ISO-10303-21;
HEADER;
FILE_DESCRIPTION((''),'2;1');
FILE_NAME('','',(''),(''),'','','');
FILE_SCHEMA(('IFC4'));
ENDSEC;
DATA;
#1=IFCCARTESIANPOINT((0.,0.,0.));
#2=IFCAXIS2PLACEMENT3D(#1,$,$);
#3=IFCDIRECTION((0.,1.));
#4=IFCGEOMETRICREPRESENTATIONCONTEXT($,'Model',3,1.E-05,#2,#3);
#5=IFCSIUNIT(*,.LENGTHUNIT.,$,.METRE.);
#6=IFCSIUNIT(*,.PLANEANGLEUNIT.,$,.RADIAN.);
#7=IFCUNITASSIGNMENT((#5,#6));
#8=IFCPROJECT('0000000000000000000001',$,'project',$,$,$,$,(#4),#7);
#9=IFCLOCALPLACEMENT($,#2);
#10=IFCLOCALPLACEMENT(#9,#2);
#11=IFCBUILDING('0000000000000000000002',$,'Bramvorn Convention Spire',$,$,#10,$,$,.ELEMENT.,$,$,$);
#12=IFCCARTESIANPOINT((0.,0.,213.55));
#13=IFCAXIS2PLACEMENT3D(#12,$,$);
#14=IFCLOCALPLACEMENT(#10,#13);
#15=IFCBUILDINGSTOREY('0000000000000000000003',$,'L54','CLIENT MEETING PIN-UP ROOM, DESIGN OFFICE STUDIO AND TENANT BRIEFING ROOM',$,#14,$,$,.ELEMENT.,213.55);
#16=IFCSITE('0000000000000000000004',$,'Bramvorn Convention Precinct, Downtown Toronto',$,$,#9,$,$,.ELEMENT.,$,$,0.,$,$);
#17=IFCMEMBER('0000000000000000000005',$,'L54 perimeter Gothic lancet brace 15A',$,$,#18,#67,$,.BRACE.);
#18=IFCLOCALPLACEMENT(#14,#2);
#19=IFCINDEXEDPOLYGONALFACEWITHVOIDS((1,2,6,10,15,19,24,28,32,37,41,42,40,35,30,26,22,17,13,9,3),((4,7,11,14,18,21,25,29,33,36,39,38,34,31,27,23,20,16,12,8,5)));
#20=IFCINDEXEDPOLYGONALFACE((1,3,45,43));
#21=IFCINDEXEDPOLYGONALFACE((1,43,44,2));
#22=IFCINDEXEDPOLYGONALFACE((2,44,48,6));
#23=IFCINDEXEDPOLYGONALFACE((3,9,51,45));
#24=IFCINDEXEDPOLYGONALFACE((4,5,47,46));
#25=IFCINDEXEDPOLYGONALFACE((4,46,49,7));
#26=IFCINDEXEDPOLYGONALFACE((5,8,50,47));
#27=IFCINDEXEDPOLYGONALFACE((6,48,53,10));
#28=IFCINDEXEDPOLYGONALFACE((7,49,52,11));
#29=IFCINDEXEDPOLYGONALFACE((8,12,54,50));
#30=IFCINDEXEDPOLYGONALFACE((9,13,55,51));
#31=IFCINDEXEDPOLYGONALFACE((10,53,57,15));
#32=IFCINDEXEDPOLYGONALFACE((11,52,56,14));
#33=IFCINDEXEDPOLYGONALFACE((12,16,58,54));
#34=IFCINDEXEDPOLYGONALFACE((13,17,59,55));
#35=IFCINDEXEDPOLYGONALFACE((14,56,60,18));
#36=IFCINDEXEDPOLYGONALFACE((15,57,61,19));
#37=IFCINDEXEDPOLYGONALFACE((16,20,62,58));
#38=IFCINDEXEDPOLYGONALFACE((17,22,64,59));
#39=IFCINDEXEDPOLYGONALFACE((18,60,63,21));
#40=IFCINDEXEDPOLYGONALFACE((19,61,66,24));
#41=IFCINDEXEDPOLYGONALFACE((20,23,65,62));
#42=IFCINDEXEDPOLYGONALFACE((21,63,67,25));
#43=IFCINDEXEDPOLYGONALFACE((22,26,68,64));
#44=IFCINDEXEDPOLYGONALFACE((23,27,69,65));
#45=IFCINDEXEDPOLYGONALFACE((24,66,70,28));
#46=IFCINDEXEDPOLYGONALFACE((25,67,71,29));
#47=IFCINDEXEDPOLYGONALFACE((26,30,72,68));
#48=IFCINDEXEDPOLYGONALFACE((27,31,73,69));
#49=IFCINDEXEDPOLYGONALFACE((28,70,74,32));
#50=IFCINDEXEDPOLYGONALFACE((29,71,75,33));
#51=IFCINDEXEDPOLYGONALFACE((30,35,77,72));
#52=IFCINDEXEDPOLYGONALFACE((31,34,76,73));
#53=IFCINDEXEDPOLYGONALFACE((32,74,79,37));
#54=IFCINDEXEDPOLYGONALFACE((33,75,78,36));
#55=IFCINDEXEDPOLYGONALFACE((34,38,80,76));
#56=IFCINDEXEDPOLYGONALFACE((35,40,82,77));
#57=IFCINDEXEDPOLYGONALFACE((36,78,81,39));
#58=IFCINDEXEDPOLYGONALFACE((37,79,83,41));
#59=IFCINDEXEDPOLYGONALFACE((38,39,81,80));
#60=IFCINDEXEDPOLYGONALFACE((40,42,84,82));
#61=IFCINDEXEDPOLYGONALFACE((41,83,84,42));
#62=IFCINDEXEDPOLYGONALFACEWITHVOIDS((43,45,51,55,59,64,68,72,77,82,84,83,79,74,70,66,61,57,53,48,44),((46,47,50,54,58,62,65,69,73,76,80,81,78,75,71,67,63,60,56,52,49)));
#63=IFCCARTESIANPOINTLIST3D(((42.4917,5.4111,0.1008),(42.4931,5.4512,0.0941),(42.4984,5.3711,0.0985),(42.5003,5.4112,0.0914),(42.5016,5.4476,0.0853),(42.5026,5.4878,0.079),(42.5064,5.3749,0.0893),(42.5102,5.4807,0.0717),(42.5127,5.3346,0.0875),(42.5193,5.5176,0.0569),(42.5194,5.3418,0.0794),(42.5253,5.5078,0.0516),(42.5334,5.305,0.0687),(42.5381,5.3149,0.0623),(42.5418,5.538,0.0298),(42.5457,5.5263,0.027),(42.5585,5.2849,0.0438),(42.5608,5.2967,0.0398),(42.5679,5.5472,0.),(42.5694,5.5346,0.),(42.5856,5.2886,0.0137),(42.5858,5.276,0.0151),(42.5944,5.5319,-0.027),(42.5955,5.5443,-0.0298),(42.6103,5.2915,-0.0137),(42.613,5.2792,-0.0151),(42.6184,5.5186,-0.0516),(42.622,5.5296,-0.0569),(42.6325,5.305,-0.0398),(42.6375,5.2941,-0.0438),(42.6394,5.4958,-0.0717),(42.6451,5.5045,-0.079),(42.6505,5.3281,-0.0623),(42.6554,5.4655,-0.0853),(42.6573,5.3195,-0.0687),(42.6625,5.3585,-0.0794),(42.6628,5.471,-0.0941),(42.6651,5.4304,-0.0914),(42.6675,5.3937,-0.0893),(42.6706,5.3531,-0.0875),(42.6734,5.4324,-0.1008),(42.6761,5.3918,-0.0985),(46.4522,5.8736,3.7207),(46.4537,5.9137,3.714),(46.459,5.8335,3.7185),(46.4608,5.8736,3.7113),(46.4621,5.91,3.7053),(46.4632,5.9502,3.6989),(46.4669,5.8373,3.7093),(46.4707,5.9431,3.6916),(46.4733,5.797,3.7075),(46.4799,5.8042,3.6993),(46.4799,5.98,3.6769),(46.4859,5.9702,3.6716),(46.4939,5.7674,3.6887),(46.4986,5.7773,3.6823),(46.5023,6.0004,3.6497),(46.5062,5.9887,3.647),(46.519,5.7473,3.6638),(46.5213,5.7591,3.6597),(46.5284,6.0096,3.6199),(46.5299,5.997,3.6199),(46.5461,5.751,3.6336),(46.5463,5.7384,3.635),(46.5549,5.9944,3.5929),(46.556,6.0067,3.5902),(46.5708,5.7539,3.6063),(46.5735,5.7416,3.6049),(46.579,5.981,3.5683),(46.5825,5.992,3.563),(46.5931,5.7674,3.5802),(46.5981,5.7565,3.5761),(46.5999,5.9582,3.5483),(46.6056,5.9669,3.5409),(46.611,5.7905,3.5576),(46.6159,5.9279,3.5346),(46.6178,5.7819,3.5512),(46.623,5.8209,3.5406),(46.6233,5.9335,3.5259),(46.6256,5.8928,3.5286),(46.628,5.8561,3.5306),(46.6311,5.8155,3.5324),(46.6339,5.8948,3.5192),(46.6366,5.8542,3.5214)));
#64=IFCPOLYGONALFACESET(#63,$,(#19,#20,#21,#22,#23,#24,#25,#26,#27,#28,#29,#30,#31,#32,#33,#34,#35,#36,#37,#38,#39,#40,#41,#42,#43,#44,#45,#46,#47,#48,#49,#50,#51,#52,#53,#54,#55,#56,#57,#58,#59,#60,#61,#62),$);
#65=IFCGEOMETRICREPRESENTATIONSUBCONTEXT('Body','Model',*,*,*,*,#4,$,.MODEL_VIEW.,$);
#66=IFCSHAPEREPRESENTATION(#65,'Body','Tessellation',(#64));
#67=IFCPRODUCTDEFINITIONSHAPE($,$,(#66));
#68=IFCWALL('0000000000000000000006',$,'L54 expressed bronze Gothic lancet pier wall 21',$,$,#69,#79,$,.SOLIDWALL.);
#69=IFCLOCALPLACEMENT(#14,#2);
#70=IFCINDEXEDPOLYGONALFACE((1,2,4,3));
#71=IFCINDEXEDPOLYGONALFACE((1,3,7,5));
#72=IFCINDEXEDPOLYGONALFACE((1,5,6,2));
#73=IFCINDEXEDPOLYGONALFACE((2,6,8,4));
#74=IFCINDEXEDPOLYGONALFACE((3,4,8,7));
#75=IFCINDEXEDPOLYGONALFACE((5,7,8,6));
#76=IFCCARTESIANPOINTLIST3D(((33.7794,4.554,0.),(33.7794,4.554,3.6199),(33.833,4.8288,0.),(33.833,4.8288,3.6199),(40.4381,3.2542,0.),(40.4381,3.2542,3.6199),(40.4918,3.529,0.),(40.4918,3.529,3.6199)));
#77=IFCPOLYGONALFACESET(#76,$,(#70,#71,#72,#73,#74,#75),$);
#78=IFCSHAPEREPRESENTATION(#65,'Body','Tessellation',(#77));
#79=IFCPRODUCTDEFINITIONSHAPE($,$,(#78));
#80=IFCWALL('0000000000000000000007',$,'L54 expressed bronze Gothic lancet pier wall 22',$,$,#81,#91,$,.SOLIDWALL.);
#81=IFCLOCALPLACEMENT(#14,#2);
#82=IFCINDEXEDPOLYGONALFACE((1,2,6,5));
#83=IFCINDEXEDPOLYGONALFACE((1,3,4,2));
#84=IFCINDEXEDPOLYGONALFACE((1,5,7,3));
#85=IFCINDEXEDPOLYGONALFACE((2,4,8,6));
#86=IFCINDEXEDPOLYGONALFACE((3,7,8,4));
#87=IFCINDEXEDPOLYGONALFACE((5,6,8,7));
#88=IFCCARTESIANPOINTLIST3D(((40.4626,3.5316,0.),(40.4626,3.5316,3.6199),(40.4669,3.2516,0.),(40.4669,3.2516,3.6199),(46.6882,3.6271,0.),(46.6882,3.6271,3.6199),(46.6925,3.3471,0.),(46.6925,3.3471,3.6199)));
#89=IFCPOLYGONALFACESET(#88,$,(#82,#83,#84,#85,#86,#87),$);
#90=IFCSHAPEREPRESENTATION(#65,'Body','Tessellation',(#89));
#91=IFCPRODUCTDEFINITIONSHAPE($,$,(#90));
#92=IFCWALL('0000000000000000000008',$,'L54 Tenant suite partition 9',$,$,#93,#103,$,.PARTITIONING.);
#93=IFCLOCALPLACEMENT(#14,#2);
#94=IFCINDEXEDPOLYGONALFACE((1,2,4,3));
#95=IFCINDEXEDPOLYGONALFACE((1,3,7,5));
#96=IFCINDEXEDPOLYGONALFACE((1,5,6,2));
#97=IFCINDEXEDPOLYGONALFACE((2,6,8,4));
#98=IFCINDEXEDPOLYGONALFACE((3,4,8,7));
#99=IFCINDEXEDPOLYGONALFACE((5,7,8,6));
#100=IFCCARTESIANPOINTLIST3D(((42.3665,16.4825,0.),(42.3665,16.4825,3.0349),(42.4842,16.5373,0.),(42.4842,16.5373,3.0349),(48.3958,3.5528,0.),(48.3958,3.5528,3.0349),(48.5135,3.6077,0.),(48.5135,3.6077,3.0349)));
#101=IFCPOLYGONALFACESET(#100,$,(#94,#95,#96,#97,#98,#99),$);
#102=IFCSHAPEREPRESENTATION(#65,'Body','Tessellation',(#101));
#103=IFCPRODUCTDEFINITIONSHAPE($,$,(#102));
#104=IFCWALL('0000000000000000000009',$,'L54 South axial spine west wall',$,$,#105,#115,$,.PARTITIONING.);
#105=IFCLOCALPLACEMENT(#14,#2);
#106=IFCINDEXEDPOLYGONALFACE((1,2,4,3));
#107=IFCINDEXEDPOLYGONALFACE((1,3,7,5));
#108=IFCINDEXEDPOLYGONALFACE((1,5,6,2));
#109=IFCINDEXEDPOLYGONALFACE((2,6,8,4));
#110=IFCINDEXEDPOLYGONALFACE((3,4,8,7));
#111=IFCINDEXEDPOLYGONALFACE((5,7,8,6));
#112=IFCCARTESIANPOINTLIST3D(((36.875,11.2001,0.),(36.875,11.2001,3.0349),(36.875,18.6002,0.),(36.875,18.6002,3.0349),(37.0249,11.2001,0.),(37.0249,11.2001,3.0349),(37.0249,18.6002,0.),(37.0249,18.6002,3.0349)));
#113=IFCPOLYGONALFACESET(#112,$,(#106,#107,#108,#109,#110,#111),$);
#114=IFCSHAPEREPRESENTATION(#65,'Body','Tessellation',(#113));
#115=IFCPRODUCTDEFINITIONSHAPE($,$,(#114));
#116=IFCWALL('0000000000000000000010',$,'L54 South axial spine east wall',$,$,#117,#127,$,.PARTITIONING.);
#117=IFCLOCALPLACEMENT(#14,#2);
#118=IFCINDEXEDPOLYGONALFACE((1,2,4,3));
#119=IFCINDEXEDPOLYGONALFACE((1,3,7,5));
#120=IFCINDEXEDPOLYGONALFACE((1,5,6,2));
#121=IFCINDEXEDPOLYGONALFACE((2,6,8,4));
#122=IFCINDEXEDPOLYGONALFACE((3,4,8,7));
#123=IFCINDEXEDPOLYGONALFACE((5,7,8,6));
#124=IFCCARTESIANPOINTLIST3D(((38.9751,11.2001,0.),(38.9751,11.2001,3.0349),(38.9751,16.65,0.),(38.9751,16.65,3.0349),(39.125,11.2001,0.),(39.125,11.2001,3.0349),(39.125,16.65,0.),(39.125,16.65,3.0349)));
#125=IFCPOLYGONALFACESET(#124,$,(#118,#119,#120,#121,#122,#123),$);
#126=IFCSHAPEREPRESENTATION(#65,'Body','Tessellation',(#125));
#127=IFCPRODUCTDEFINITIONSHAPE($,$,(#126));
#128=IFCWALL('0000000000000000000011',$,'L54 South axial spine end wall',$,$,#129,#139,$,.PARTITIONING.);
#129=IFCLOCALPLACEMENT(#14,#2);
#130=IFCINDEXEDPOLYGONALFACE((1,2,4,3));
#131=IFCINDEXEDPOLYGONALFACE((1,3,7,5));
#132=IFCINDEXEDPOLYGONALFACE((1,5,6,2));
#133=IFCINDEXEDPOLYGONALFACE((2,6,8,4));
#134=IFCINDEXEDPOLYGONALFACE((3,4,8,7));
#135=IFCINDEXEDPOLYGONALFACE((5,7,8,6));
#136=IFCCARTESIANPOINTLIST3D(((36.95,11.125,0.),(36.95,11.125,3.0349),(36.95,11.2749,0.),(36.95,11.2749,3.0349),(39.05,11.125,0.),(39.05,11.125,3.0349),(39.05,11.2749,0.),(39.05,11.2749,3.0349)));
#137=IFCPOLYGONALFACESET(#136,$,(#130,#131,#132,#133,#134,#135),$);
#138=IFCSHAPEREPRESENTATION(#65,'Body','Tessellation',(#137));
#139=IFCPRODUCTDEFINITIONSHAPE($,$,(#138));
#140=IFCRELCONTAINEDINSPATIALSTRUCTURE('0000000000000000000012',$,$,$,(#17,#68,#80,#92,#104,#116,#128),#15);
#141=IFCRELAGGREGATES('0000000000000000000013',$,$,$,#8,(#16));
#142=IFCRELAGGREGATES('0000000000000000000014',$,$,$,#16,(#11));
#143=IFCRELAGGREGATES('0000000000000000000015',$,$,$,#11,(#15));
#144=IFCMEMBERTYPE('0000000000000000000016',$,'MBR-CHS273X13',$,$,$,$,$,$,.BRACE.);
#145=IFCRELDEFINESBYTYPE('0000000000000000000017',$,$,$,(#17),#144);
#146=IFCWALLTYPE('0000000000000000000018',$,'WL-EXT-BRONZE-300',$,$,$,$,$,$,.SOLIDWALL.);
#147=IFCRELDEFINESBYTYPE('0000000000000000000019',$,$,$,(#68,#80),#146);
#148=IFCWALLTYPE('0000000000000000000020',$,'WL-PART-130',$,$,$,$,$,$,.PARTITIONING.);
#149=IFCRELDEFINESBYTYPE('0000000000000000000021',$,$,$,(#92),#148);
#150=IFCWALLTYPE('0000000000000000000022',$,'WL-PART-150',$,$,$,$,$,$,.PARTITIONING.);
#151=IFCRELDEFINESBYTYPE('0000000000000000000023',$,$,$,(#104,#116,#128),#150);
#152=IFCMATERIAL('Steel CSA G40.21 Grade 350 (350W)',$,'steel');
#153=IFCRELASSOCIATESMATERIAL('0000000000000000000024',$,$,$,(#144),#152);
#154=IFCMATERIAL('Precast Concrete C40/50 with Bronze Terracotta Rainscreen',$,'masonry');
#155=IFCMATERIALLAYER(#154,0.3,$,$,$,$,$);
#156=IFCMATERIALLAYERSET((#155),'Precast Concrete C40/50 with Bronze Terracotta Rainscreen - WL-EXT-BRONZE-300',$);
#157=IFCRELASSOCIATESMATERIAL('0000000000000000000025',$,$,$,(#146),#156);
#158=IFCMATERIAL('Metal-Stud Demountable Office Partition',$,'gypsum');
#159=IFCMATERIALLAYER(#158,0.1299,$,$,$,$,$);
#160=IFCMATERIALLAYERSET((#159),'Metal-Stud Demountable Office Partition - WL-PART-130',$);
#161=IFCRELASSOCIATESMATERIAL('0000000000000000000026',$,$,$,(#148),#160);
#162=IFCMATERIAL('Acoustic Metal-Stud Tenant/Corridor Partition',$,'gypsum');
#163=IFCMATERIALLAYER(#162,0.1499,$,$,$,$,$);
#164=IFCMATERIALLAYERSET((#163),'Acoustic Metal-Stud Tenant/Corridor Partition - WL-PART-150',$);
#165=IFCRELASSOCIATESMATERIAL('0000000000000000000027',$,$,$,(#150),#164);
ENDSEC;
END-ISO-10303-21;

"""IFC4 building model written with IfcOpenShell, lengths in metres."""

from ifc_helpers import new_model, si_unit, direction, frame, frame_2d, origin, origin_2d, place, context, subcontext, project, spatial, rectangle, hollow_circle, extrude, material, layer, layer_set, material_profile, profile_set, type_object, element, save


model = new_model("IFC4")

# Units and contexts
model_context = context("Model", 3, precision=1e-05, world=origin(), true_north=direction((0.0, 1.0)))
body_context = subcontext(model_context, "Body", "Model", "MODEL_VIEW")
ifc_project = project(units=[si_unit("LENGTHUNIT", "METRE"), si_unit("PLANEANGLEUNIT", "RADIAN")], contexts=[model_context])

# Site, building, storey
site_placement = place(None, origin())
site = spatial("IfcSite", under=ifc_project, at=site_placement, Name="Bramvorn Convention Precinct, Downtown Toronto", CompositionType="ELEMENT", RefElevation=0.0)
building_placement = place(site_placement, origin())
building = spatial("IfcBuilding", under=site, at=building_placement, Name="Bramvorn Convention Spire", CompositionType="ELEMENT")
storey_placement = place(building_placement, frame((0.0, 0.0, 213.55)))
storey = spatial("IfcBuildingStorey", under=building, at=storey_placement, Name="L54", Description="CLIENT MEETING PIN-UP ROOM, DESIGN OFFICE STUDIO AND TENANT BRIEFING ROOM", CompositionType="ELEMENT", Elevation=213.55)

# Shared definitions
ifc_material_1 = material(Name="Steel CSA G40.21 Grade 350 (350W)", Category="steel")

# Member
ifc_material_profile_1 = material_profile(ifc_material_1, hollow_circle(Radius=0.1365, WallThickness=0.0127, at=origin_2d()))
ifc_profile_set_1 = profile_set([ifc_material_profile_1], Name="Steel CSA G40.21 Grade 350 (350W) - CHS273X13")
member_type_1 = type_object("IfcMemberType", Name="MBR-CHS273X13", PredefinedType="BRACE", material=ifc_profile_set_1)
member_1_placement = place(storey_placement, frame((42.5837, 5.4116, 0.0), z_axis=(0.735406, 0.085862, 0.672165), x_axis=(-0.115967, 0.993253, 0.0)))
element("IfcMember", 1, at=member_1_placement, inside=storey, type_object=member_type_1, Name="L54 perimeter Gothic lancet brace 15A", PredefinedType="BRACE", context=body_context, shape_type="SweptSolid", body=[
    extrude(hollow_circle(Radius=0.1365, WallThickness=0.0127, at=origin_2d()), origin(), (0.0, 0.0, 1.0), 5.3855),
])

# Walls
ifc_material_2 = material(Name="Precast Concrete C40/50 with Bronze Terracotta Rainscreen", Category="masonry")
ifc_layer_1 = layer(ifc_material_2, 0.3)
ifc_layer_set_1 = layer_set([ifc_layer_1], Name="Precast Concrete C40/50 with Bronze Terracotta Rainscreen - WL-EXT-BRONZE-300")
wall_type_1 = type_object("IfcWallType", Name="WL-EXT-BRONZE-300", PredefinedType="SOLIDWALL", material=ifc_layer_set_1)
wall_1_placement = place(storey_placement, frame((40.4648, 3.3916, 0.0), z_axis=(0.0, 0.0, 1.0), x_axis=(-0.981475, 0.191588, 0.0)))
element("IfcWall", 2, at=wall_1_placement, inside=storey, type_object=wall_type_1, Name="L54 expressed bronze Gothic lancet pier wall 21", PredefinedType="SOLIDWALL", context=body_context, shape_type="SweptSolid", body=[
    extrude(rectangle(XDim=6.7844, YDim=0.28, at=frame_2d((3.3921, 0.0))), origin(), (0.0, 0.0, 1.0), 3.6199),
])
wall_2_placement = place(storey_placement, frame((46.6904, 3.4871, 0.0), z_axis=(0.0, 0.0, 1.0), x_axis=(-0.999882, -0.015332, 0.0)))
element("IfcWall", 3, at=wall_2_placement, inside=storey, type_object=wall_type_1, Name="L54 expressed bronze Gothic lancet pier wall 22", PredefinedType="SOLIDWALL", context=body_context, shape_type="SweptSolid", body=[
    extrude(rectangle(XDim=6.2263, YDim=0.28, at=frame_2d((3.1133, 0.0))), origin(), (0.0, 0.0, 1.0), 3.6199),
])
ifc_material_3 = material(Name="Metal-Stud Demountable Office Partition", Category="gypsum")
ifc_layer_2 = layer(ifc_material_3, 0.1299)
ifc_layer_set_2 = layer_set([ifc_layer_2], Name="Metal-Stud Demountable Office Partition - WL-PART-130")
wall_type_2 = type_object("IfcWallType", Name="WL-PART-130", PredefinedType="PARTITIONING", material=ifc_layer_set_2)
wall_3_placement = place(storey_placement, frame((42.4253, 16.51, 0.0), z_axis=(0.0, 0.0, 1.0), x_axis=(0.422623, -0.906306, 0.0)))
element("IfcWall", 4, at=wall_3_placement, inside=storey, type_object=wall_type_2, Name="L54 Tenant suite partition 9", PredefinedType="PARTITIONING", context=body_context, shape_type="SweptSolid", body=[
    extrude(rectangle(XDim=14.2664, YDim=0.1299, at=frame_2d((7.1333, 0.0))), origin(), (0.0, 0.0, 1.0), 3.0349),
])
ifc_material_4 = material(Name="Acoustic Metal-Stud Tenant/Corridor Partition", Category="gypsum")
ifc_layer_3 = layer(ifc_material_4, 0.1499)
ifc_layer_set_3 = layer_set([ifc_layer_3], Name="Acoustic Metal-Stud Tenant/Corridor Partition - WL-PART-150")
wall_type_3 = type_object("IfcWallType", Name="WL-PART-150", PredefinedType="PARTITIONING", material=ifc_layer_set_3)
wall_4_placement = place(storey_placement, frame((36.95, 11.2, 0.0), z_axis=(0.0, 0.0, 1.0), x_axis=(0.0, 1.0, 0.0)))
element("IfcWall", 5, at=wall_4_placement, inside=storey, type_object=wall_type_3, Name="L54 South axial spine west wall", PredefinedType="PARTITIONING", context=body_context, shape_type="SweptSolid", body=[
    extrude(rectangle(XDim=7.4001, YDim=0.1499, at=frame_2d((3.7002, 0.0))), origin(), (0.0, 0.0, 1.0), 3.0349),
])
wall_5_placement = place(storey_placement, frame((39.05, 11.2, 0.0), z_axis=(0.0, 0.0, 1.0), x_axis=(0.0, 1.0, 0.0)))
element("IfcWall", 6, at=wall_5_placement, inside=storey, type_object=wall_type_3, Name="L54 South axial spine east wall", PredefinedType="PARTITIONING", context=body_context, shape_type="SweptSolid", body=[
    extrude(rectangle(XDim=5.45, YDim=0.1499, at=frame_2d((2.7251, 0.0))), origin(), (0.0, 0.0, 1.0), 3.0349),
])

# Wall
wall_6_placement = place(storey_placement, frame((36.95, 11.2, 0.0), z_axis=(0.0, 0.0, 1.0), x_axis=(1.0, 0.0, 0.0)))
element("IfcWall", 7, at=wall_6_placement, inside=storey, type_object=wall_type_3, Name="L54 South axial spine end wall", PredefinedType="PARTITIONING", context=body_context, shape_type="SweptSolid", body=[
    extrude(rectangle(XDim=2.1001, YDim=0.1499, at=frame_2d((1.05, 0.0))), origin(), (0.0, 0.0, 1.0), 3.0349),
])

save(model, "model.ifc")
